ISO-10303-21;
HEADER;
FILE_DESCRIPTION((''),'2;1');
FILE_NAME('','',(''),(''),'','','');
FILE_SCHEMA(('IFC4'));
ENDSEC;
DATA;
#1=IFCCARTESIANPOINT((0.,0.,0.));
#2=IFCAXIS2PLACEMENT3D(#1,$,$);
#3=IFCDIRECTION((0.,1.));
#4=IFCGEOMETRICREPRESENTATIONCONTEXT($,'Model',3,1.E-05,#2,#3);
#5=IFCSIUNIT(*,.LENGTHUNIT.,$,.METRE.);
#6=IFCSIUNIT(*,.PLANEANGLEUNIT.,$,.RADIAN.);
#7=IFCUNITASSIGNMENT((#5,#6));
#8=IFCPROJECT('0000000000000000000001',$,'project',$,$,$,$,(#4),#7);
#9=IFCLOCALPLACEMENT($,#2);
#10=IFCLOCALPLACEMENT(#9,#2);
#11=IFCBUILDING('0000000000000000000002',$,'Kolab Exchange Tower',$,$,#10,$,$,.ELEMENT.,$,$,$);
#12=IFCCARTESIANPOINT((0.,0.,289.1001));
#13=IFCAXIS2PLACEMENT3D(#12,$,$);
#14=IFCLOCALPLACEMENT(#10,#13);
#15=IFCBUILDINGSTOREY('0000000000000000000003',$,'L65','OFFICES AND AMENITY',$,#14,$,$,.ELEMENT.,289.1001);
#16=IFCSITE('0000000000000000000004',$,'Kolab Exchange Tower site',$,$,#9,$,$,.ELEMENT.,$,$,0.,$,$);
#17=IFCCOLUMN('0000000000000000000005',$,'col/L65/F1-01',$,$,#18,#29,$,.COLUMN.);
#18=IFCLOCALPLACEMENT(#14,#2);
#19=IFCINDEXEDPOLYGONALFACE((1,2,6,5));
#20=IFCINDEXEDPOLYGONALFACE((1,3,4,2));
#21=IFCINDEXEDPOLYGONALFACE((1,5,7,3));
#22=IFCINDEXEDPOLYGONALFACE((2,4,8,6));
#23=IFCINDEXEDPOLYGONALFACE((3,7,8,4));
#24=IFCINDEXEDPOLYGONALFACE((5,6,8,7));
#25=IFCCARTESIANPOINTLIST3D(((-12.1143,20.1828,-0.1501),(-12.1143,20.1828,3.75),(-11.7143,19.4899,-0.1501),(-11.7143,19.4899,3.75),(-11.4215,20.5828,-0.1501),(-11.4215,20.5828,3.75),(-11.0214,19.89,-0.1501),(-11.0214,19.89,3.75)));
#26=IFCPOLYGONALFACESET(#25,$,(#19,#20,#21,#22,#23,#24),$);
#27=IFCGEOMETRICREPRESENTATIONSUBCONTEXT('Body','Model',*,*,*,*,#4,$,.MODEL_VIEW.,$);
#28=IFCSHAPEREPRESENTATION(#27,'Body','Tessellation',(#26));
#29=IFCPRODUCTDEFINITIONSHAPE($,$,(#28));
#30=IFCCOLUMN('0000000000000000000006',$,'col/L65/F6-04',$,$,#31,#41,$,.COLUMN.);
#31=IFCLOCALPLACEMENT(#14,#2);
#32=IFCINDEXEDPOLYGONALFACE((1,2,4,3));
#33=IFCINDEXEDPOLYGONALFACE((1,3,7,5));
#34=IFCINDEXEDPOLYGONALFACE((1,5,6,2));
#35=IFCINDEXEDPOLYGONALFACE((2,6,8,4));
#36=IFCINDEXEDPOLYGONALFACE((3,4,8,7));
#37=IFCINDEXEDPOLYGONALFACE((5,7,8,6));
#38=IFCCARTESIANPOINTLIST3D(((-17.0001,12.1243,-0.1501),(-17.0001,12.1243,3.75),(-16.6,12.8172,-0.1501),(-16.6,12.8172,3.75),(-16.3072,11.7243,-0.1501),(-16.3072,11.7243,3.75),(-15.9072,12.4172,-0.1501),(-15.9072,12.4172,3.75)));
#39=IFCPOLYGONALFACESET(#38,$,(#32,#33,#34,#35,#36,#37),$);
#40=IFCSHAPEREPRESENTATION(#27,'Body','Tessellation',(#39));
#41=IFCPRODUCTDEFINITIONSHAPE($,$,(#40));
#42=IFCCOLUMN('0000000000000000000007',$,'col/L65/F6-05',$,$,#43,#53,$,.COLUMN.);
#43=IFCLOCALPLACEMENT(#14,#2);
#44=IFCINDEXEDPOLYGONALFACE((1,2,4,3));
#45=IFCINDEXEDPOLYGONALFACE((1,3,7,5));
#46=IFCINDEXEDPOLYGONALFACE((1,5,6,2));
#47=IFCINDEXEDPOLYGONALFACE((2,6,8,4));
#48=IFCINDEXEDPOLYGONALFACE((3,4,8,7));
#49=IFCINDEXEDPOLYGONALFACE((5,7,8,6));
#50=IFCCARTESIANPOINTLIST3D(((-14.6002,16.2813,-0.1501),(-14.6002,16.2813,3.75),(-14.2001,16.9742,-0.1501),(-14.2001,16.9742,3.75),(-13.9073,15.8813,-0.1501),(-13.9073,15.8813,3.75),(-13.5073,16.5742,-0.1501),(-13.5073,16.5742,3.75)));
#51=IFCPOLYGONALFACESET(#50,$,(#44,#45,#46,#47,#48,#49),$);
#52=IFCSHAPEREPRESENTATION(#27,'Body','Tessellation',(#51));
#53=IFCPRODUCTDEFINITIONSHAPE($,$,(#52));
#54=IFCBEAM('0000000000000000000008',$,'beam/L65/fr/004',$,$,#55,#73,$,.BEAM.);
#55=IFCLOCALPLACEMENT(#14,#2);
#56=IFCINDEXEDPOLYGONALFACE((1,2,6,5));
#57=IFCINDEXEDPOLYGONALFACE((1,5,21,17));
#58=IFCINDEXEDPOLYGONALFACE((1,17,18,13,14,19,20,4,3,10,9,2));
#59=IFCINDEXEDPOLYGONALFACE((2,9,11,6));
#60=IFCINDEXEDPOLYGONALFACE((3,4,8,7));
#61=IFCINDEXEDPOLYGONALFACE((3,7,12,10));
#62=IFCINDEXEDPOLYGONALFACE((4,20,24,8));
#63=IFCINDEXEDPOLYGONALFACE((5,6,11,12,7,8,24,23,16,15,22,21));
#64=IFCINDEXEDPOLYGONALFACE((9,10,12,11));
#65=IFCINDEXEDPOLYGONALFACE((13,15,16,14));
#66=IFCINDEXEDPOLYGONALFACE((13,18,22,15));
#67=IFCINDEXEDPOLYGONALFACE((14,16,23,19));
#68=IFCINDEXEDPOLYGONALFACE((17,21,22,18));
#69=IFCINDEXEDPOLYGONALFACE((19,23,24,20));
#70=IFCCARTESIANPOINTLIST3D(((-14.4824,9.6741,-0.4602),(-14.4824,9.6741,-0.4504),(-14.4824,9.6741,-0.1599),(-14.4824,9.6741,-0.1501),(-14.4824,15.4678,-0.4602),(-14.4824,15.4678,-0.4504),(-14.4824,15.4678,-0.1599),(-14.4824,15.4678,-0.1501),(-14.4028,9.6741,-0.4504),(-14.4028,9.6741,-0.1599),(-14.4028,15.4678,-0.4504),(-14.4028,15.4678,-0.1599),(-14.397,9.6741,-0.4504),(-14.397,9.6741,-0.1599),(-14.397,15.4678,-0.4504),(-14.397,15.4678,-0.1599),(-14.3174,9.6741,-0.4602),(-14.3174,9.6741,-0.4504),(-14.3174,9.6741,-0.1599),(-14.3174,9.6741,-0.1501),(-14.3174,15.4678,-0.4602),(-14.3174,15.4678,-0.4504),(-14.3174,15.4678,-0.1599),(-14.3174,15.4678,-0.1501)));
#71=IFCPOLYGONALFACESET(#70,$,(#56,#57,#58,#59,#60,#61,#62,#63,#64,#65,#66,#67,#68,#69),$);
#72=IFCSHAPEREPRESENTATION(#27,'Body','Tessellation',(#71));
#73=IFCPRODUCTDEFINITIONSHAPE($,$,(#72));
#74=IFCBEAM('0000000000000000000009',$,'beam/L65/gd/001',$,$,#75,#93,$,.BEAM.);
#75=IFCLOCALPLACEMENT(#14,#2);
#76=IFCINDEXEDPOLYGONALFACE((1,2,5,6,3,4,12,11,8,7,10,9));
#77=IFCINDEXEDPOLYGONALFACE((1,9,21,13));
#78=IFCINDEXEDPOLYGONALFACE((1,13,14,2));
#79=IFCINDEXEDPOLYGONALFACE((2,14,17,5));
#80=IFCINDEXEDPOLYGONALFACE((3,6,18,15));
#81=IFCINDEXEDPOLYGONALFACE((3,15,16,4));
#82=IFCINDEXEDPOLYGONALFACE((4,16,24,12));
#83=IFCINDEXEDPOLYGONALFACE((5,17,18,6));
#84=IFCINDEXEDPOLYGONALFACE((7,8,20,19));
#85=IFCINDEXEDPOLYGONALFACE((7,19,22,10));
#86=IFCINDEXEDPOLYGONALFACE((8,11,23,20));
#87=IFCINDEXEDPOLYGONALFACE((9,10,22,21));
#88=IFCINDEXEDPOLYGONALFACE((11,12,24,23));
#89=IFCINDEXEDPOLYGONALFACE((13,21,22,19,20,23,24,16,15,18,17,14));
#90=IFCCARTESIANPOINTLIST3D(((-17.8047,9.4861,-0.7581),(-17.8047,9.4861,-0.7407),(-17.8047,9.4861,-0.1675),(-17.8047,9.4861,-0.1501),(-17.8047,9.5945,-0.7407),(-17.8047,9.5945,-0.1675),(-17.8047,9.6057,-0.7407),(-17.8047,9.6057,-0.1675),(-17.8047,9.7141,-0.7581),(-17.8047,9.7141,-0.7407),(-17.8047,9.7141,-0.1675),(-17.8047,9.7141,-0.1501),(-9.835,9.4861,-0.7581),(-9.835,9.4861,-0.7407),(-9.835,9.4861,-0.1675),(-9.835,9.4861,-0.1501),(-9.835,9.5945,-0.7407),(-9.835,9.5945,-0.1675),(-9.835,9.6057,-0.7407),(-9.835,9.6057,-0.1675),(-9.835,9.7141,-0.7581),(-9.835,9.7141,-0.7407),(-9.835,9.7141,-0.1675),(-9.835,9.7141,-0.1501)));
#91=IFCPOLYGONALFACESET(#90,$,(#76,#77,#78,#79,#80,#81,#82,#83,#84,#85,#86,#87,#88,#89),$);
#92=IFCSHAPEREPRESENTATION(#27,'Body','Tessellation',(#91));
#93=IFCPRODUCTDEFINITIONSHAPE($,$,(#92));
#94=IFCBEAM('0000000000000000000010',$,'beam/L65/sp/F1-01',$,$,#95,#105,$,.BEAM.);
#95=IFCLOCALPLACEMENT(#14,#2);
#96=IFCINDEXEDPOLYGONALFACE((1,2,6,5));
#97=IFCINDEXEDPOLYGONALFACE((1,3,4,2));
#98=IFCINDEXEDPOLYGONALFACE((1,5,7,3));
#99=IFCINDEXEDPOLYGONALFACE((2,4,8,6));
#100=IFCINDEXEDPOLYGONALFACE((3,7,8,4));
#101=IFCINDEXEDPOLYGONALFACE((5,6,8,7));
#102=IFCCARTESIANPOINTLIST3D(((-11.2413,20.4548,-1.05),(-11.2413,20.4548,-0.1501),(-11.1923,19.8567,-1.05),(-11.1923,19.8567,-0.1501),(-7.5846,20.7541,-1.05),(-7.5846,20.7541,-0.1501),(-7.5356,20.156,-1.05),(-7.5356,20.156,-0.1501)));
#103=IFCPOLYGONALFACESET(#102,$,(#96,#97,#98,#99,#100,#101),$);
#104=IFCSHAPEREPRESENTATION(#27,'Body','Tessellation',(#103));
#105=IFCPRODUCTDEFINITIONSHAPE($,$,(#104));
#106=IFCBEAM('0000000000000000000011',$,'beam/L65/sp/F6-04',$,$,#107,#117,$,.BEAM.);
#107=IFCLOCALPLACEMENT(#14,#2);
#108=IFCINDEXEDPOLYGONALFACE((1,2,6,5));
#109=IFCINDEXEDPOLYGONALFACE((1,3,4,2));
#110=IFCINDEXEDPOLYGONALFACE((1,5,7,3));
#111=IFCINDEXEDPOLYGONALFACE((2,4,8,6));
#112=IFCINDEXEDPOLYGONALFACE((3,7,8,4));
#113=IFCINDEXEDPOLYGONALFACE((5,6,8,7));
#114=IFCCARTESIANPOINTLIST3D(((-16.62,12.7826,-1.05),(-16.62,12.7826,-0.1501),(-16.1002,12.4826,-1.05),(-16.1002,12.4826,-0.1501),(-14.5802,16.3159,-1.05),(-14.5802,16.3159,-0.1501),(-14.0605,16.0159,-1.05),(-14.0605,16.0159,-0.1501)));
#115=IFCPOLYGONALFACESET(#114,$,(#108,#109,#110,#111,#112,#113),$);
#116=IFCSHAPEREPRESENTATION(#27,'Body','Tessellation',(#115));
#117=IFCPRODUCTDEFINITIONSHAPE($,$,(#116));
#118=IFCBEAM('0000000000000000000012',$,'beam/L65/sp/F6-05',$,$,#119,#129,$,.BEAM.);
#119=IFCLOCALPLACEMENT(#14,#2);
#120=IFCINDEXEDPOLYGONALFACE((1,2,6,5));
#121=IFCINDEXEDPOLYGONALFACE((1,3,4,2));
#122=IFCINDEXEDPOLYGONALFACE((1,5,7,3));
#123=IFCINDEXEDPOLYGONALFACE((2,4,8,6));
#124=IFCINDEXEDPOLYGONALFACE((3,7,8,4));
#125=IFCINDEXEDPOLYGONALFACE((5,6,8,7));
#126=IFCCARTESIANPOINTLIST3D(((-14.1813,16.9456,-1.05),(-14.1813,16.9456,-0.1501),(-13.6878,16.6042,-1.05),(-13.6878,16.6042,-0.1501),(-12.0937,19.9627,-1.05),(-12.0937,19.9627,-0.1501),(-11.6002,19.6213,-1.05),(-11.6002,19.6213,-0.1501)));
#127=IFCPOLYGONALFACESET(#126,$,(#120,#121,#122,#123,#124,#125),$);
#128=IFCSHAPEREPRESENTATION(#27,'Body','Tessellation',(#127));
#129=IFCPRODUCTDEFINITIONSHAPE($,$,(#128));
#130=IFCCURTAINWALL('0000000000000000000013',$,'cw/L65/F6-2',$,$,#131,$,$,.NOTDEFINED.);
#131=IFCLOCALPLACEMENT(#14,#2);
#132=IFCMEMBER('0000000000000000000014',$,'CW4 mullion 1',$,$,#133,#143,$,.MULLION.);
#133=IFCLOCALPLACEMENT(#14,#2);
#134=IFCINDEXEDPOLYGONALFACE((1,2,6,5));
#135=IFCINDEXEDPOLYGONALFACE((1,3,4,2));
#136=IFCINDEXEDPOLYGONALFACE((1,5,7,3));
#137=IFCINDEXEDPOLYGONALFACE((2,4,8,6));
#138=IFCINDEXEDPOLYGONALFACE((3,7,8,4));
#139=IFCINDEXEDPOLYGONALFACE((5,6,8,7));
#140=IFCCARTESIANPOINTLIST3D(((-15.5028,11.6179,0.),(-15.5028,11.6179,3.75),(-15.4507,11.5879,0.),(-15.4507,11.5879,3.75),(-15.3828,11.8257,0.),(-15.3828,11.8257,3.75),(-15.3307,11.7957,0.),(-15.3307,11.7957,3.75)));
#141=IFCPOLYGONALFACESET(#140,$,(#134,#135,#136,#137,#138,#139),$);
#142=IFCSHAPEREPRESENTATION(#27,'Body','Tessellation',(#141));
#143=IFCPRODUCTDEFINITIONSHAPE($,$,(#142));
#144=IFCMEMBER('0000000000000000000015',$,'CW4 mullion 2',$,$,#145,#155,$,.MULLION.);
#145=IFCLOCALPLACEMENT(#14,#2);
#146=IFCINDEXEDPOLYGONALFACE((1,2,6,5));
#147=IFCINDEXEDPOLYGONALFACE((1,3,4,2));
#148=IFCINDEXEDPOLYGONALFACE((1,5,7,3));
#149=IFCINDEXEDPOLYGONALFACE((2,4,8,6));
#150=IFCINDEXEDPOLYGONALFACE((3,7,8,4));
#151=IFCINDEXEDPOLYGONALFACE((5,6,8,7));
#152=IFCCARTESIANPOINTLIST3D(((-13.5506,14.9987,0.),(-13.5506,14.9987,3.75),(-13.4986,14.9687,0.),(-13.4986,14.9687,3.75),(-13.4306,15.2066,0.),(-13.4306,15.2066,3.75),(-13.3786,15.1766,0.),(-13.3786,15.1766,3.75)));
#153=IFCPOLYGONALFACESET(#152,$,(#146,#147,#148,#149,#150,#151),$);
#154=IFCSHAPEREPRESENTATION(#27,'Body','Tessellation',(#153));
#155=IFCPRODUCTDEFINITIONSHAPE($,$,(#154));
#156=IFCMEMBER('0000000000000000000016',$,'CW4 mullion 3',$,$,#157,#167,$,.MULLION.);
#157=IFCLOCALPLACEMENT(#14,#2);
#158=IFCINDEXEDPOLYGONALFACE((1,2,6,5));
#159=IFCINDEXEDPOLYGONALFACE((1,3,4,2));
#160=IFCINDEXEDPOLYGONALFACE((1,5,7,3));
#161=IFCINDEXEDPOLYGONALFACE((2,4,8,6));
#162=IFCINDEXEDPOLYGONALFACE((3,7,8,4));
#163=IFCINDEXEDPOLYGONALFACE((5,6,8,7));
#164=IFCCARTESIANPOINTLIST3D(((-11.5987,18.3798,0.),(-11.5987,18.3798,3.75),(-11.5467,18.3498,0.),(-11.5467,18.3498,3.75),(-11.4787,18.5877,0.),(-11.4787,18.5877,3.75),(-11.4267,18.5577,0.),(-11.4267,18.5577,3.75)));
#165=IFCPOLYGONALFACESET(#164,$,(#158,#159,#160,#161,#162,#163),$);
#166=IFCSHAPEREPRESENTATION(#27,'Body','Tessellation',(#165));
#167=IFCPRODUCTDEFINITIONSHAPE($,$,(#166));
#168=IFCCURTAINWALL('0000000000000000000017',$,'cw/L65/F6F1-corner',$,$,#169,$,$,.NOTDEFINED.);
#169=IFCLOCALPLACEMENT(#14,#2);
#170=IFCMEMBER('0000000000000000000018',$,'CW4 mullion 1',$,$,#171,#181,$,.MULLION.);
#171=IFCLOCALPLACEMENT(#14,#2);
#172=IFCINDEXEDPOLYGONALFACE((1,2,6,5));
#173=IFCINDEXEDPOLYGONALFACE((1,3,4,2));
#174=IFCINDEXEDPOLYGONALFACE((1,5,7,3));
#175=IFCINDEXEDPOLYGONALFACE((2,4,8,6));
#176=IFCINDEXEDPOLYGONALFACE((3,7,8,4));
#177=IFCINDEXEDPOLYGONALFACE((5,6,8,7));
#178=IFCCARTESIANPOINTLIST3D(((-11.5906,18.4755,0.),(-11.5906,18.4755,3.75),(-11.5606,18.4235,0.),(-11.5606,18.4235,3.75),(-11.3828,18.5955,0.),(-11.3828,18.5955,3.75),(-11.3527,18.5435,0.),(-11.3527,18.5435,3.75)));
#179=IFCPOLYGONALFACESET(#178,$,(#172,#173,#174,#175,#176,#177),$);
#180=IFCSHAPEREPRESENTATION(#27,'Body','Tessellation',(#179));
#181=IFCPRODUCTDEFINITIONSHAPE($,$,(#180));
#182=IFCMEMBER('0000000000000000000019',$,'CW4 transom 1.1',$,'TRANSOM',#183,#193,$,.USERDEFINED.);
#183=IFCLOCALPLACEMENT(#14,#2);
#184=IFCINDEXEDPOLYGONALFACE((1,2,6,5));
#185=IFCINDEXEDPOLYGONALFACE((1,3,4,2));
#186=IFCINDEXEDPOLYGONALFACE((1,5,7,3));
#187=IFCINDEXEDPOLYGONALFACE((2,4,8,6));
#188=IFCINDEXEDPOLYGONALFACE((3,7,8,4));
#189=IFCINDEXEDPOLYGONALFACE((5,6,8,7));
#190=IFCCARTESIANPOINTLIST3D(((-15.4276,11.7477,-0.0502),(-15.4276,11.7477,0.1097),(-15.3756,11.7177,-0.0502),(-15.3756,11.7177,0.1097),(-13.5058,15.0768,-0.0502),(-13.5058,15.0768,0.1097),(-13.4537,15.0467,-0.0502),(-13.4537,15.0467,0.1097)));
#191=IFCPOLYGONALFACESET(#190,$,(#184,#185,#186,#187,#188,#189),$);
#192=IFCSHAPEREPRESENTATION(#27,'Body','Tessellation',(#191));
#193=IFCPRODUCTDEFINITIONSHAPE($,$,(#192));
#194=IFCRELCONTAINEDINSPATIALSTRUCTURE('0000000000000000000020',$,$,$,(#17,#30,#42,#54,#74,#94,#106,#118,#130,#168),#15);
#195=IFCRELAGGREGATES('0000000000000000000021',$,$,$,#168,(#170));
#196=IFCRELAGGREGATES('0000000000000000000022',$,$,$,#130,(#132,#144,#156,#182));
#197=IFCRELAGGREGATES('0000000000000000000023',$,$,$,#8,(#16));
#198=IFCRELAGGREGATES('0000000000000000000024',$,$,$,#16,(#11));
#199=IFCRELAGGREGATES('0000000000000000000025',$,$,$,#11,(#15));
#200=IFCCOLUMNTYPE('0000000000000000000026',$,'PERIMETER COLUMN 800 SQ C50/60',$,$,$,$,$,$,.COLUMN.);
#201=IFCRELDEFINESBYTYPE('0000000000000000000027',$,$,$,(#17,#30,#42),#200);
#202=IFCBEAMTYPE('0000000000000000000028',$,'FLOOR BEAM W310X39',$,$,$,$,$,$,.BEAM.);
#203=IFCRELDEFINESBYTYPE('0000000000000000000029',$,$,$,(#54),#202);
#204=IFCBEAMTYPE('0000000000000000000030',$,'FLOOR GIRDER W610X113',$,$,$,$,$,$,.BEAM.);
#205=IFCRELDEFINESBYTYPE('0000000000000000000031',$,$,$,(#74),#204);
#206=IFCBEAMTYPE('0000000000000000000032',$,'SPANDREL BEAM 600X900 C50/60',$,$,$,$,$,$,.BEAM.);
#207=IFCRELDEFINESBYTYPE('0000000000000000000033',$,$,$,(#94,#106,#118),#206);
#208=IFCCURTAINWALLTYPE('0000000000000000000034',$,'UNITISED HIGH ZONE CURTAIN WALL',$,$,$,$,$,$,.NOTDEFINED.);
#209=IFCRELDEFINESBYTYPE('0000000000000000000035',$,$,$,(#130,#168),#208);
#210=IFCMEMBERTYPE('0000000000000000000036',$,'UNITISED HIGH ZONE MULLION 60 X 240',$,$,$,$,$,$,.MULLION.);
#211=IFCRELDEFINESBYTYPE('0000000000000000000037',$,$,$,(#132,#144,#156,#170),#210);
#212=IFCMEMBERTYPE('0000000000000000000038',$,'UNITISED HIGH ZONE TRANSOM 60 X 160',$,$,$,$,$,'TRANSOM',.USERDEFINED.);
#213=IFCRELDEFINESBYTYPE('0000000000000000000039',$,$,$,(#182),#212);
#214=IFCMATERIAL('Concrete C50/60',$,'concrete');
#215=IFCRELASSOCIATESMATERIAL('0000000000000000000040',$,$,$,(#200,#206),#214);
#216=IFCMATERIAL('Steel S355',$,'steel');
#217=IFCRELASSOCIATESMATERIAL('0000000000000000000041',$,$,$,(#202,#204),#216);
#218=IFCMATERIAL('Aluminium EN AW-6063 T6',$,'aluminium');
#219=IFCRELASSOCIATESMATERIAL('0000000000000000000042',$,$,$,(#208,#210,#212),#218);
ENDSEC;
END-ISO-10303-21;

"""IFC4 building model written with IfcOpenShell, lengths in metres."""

from ifc_helpers import new_model, si_unit, direction, frame, origin, origin_2d, place, context, subcontext, project, spatial, rectangle, i_section, extrude, material, material_profile, profile_set, type_object, element, aggregate, save


model = new_model("IFC4")

# Units and contexts
model_context = context("Model", 3, precision=1e-05, world=origin(), true_north=direction((0.0, 1.0)))
body_context = subcontext(model_context, "Body", "Model", "MODEL_VIEW")
ifc_project = project(units=[si_unit("LENGTHUNIT", "METRE"), si_unit("PLANEANGLEUNIT", "RADIAN")], contexts=[model_context])

# Site, building, storey
site_placement = place(None, origin())
site = spatial("IfcSite", under=ifc_project, at=site_placement, Name="Kolab Exchange Tower site", CompositionType="ELEMENT", RefElevation=0.0)
building_placement = place(site_placement, origin())
building = spatial("IfcBuilding", under=site, at=building_placement, Name="Kolab Exchange Tower", CompositionType="ELEMENT")
storey_placement = place(building_placement, frame((0.0, 0.0, 289.1001)))
storey = spatial("IfcBuildingStorey", under=building, at=storey_placement, Name="L65", Description="OFFICES AND AMENITY", CompositionType="ELEMENT", Elevation=289.1001)

# Columns
ifc_material_1 = material(Name="Concrete C50/60", Category="concrete")
ifc_material_profile_1 = material_profile(ifc_material_1, rectangle(XDim=0.8, YDim=0.8, at=origin_2d()), Name="RC800")
ifc_profile_set_1 = profile_set([ifc_material_profile_1], Name="Concrete C50/60")
column_type = type_object("IfcColumnType", Name="PERIMETER COLUMN 800 SQ C50/60", PredefinedType="COLUMN", material=ifc_profile_set_1)
for number, where, z_axis, x_axis, name in (
    (1, (-11.5679, 20.0364, -0.1501), (0.0, 0.0, 1.0), (0.866025, 0.5, 0.0), "col/L65/F1-01"),
    (2, (-16.4536, 12.2708, -0.1501), (0.0, 0.0, 1.0), (0.5, 0.866025, 0.0), "col/L65/F6-04"),
    (3, (-14.0537, 16.4277, -0.1501), (0.0, 0.0, 1.0), (0.5, 0.866025, 0.0), "col/L65/F6-05"),
):
    element("IfcColumn", number, at=place(storey_placement, frame(where, z_axis=z_axis, x_axis=x_axis)), inside=storey, type_object=column_type, Name=name, PredefinedType="COLUMN", context=body_context, shape_type="SweptSolid", body=[
        extrude(rectangle(XDim=0.8, YDim=0.8, at=origin_2d()), origin(), (0.0, 0.0, 1.0), 3.9001),
    ])

# Beams
ifc_material_2 = material(Name="Steel S355", Category="steel")
ifc_material_profile_2 = material_profile(ifc_material_2, i_section(OverallWidth=0.165, OverallDepth=0.3101, WebThickness=0.0059, FlangeThickness=0.0098, at=origin_2d()), Name="W310X39")
ifc_profile_set_2 = profile_set([ifc_material_profile_2], Name="Steel S355")
beam_type_1 = type_object("IfcBeamType", Name="FLOOR BEAM W310X39", PredefinedType="BEAM", material=ifc_profile_set_2)
beam_1_placement = place(storey_placement, frame((-14.3999, 9.6741, -0.3052), z_axis=(0.0, 1.0, 0.0), x_axis=(-1.0, 0.0, 0.0)))
element("IfcBeam", 4, at=beam_1_placement, inside=storey, type_object=beam_type_1, Name="beam/L65/fr/004", PredefinedType="BEAM", context=body_context, shape_type="SweptSolid", body=[
    extrude(i_section(OverallWidth=0.165, OverallDepth=0.3101, WebThickness=0.0059, FlangeThickness=0.0098, at=origin_2d()), origin(), (0.0, 0.0, 1.0), 5.7937),
])
ifc_material_profile_3 = material_profile(ifc_material_2, i_section(OverallWidth=0.228, OverallDepth=0.6079, WebThickness=0.0112, FlangeThickness=0.0173, at=origin_2d()), Name="W610X113")
ifc_profile_set_3 = profile_set([ifc_material_profile_3], Name="Steel S355")
beam_type_2 = type_object("IfcBeamType", Name="FLOOR GIRDER W610X113", PredefinedType="BEAM", material=ifc_profile_set_3)
beam_2_placement = place(storey_placement, frame((-17.8047, 9.6001, -0.4541), z_axis=(1.0, 0.0, 0.0), x_axis=(0.0, 1.0, 0.0)))
element("IfcBeam", 5, at=beam_2_placement, inside=storey, type_object=beam_type_2, Name="beam/L65/gd/001", PredefinedType="BEAM", context=body_context, shape_type="SweptSolid", body=[
    extrude(i_section(OverallWidth=0.228, OverallDepth=0.6079, WebThickness=0.0112, FlangeThickness=0.0173, at=origin_2d()), origin(), (0.0, 0.0, 1.0), 7.9697),
])
ifc_material_profile_4 = material_profile(ifc_material_1, rectangle(XDim=0.6001, YDim=0.8999, at=origin_2d()), Name="RC600X900")
ifc_profile_set_4 = profile_set([ifc_material_profile_4], Name="Concrete C50/60")
beam_type_3 = type_object("IfcBeamType", Name="SPANDREL BEAM 600X900 C50/60", PredefinedType="BEAM", material=ifc_profile_set_4)
beam_3_placement = place(storey_placement, frame((-11.2168, 20.1558, -0.6001), z_axis=(0.996667, 0.081581, 0.0), x_axis=(-0.081581, 0.996667, 0.0)))
element("IfcBeam", 6, at=beam_3_placement, inside=storey, type_object=beam_type_3, Name="beam/L65/sp/F1-01", PredefinedType="BEAM", context=body_context, shape_type="SweptSolid", body=[
    extrude(rectangle(XDim=0.6001, YDim=0.8999, at=origin_2d()), origin(), (0.0, 0.0, 1.0), 3.6689),
])
beam_4_placement = place(storey_placement, frame((-16.3601, 12.6326, -0.6001), z_axis=(0.499956, 0.866051, 0.0), x_axis=(-0.866051, 0.499956, 0.0)))
element("IfcBeam", 7, at=beam_4_placement, inside=storey, type_object=beam_type_3, Name="beam/L65/sp/F6-04", PredefinedType="BEAM", context=body_context, shape_type="SweptSolid", body=[
    extrude(rectangle(XDim=0.6001, YDim=0.8999, at=origin_2d()), origin(), (0.0, 0.0, 1.0), 4.0798),
])
beam_5_placement = place(storey_placement, frame((-13.9346, 16.7749, -0.6001), z_axis=(0.569006, 0.822334, 0.0), x_axis=(-0.822334, 0.569006, 0.0)))
element("IfcBeam", 8, at=beam_5_placement, inside=storey, type_object=beam_type_3, Name="beam/L65/sp/F6-05", PredefinedType="BEAM", context=body_context, shape_type="SweptSolid", body=[
    extrude(rectangle(XDim=0.6001, YDim=0.8999, at=origin_2d()), origin(), (0.0, 0.0, 1.0), 3.6689),
])

# Curtain wall, members
ifc_material_3 = material(Name="Aluminium EN AW-6063 T6", Category="aluminium")
curtain_wall_type = type_object("IfcCurtainWallType", Name="UNITISED HIGH ZONE CURTAIN WALL", PredefinedType="NOTDEFINED", material=ifc_material_3)
curtain_wall_1_placement = place(storey_placement, origin())
curtain_wall_1 = element("IfcCurtainWall", 9, at=curtain_wall_1_placement, inside=storey, type_object=curtain_wall_type, Name="cw/L65/F6-2", PredefinedType="NOTDEFINED")
ifc_material_profile_5 = material_profile(ifc_material_3, rectangle(XDim=0.0601, YDim=0.24, at=origin_2d()), Name="RECT 60X240")
ifc_profile_set_5 = profile_set([ifc_material_profile_5], Name="Aluminium EN AW-6063 T6")
member_type_1 = type_object("IfcMemberType", Name="UNITISED HIGH ZONE MULLION 60 X 240", PredefinedType="MULLION", material=ifc_profile_set_5)
member_1_placement = place(storey_placement, frame((-15.4167, 11.7068, 0.0), z_axis=(0.0, 0.0, 1.0), x_axis=(-0.866025, 0.5, 0.0)))
member_1 = element("IfcMember", 10, at=member_1_placement, type_object=member_type_1, Name="CW4 mullion 1", PredefinedType="MULLION", context=body_context, shape_type="SweptSolid", body=[
    extrude(rectangle(XDim=0.0601, YDim=0.24, at=origin_2d()), origin(), (0.0, 0.0, 1.0), 3.75),
])
member_2_placement = place(storey_placement, frame((-13.4646, 15.0876, 0.0), z_axis=(0.0, 0.0, 1.0), x_axis=(-0.866025, 0.5, 0.0)))
member_2 = element("IfcMember", 11, at=member_2_placement, type_object=member_type_1, Name="CW4 mullion 2", PredefinedType="MULLION", context=body_context, shape_type="SweptSolid", body=[
    extrude(rectangle(XDim=0.0601, YDim=0.24, at=origin_2d()), origin(), (0.0, 0.0, 1.0), 3.75),
])
member_3_placement = place(storey_placement, frame((-11.5127, 18.4688, 0.0), z_axis=(0.0, 0.0, 1.0), x_axis=(-0.866025, 0.5, 0.0)))
member_3 = element("IfcMember", 12, at=member_3_placement, type_object=member_type_1, Name="CW4 mullion 3", PredefinedType="MULLION", context=body_context, shape_type="SweptSolid", body=[
    extrude(rectangle(XDim=0.0601, YDim=0.24, at=origin_2d()), origin(), (0.0, 0.0, 1.0), 3.75),
])

# Curtain wall, member
curtain_wall_2_placement = place(storey_placement, origin())
curtain_wall_2 = element("IfcCurtainWall", 13, at=curtain_wall_2_placement, inside=storey, type_object=curtain_wall_type, Name="cw/L65/F6F1-corner", PredefinedType="NOTDEFINED")
member_4_placement = place(storey_placement, frame((-11.4717, 18.5095, 0.0), z_axis=(0.0, 0.0, 1.0), x_axis=(-0.5, 0.866025, 0.0)))
member_4 = element("IfcMember", 14, at=member_4_placement, type_object=member_type_1, Name="CW4 mullion 1", PredefinedType="MULLION", context=body_context, shape_type="SweptSolid", body=[
    extrude(rectangle(XDim=0.0601, YDim=0.24, at=origin_2d()), origin(), (0.0, 0.0, 1.0), 3.75),
])

# Member
ifc_material_profile_6 = material_profile(ifc_material_3, rectangle(XDim=0.0601, YDim=0.1599, at=origin_2d()), Name="RECT 60X160")
ifc_profile_set_6 = profile_set([ifc_material_profile_6], Name="Aluminium EN AW-6063 T6")
member_type_2 = type_object("IfcMemberType", Name="UNITISED HIGH ZONE TRANSOM 60 X 160", ElementType="TRANSOM", PredefinedType="USERDEFINED", material=ifc_profile_set_6)
member_5_placement = place(storey_placement, frame((-15.4016, 11.7327, 0.0298), z_axis=(0.499964, 0.866046, 0.0), x_axis=(-0.866046, 0.499964, 0.0)))
member_5 = element("IfcMember", 15, at=member_5_placement, type_object=member_type_2, Name="CW4 transom 1.1", ObjectType="TRANSOM", PredefinedType="USERDEFINED", context=body_context, shape_type="SweptSolid", body=[
    extrude(rectangle(XDim=0.0601, YDim=0.1599, at=origin_2d()), origin(), (0.0, 0.0, 1.0), 3.844),
])
aggregate(curtain_wall_2, [member_4])

aggregate(curtain_wall_1, [member_1, member_2, member_3, member_5])

save(model, "model.ifc")
